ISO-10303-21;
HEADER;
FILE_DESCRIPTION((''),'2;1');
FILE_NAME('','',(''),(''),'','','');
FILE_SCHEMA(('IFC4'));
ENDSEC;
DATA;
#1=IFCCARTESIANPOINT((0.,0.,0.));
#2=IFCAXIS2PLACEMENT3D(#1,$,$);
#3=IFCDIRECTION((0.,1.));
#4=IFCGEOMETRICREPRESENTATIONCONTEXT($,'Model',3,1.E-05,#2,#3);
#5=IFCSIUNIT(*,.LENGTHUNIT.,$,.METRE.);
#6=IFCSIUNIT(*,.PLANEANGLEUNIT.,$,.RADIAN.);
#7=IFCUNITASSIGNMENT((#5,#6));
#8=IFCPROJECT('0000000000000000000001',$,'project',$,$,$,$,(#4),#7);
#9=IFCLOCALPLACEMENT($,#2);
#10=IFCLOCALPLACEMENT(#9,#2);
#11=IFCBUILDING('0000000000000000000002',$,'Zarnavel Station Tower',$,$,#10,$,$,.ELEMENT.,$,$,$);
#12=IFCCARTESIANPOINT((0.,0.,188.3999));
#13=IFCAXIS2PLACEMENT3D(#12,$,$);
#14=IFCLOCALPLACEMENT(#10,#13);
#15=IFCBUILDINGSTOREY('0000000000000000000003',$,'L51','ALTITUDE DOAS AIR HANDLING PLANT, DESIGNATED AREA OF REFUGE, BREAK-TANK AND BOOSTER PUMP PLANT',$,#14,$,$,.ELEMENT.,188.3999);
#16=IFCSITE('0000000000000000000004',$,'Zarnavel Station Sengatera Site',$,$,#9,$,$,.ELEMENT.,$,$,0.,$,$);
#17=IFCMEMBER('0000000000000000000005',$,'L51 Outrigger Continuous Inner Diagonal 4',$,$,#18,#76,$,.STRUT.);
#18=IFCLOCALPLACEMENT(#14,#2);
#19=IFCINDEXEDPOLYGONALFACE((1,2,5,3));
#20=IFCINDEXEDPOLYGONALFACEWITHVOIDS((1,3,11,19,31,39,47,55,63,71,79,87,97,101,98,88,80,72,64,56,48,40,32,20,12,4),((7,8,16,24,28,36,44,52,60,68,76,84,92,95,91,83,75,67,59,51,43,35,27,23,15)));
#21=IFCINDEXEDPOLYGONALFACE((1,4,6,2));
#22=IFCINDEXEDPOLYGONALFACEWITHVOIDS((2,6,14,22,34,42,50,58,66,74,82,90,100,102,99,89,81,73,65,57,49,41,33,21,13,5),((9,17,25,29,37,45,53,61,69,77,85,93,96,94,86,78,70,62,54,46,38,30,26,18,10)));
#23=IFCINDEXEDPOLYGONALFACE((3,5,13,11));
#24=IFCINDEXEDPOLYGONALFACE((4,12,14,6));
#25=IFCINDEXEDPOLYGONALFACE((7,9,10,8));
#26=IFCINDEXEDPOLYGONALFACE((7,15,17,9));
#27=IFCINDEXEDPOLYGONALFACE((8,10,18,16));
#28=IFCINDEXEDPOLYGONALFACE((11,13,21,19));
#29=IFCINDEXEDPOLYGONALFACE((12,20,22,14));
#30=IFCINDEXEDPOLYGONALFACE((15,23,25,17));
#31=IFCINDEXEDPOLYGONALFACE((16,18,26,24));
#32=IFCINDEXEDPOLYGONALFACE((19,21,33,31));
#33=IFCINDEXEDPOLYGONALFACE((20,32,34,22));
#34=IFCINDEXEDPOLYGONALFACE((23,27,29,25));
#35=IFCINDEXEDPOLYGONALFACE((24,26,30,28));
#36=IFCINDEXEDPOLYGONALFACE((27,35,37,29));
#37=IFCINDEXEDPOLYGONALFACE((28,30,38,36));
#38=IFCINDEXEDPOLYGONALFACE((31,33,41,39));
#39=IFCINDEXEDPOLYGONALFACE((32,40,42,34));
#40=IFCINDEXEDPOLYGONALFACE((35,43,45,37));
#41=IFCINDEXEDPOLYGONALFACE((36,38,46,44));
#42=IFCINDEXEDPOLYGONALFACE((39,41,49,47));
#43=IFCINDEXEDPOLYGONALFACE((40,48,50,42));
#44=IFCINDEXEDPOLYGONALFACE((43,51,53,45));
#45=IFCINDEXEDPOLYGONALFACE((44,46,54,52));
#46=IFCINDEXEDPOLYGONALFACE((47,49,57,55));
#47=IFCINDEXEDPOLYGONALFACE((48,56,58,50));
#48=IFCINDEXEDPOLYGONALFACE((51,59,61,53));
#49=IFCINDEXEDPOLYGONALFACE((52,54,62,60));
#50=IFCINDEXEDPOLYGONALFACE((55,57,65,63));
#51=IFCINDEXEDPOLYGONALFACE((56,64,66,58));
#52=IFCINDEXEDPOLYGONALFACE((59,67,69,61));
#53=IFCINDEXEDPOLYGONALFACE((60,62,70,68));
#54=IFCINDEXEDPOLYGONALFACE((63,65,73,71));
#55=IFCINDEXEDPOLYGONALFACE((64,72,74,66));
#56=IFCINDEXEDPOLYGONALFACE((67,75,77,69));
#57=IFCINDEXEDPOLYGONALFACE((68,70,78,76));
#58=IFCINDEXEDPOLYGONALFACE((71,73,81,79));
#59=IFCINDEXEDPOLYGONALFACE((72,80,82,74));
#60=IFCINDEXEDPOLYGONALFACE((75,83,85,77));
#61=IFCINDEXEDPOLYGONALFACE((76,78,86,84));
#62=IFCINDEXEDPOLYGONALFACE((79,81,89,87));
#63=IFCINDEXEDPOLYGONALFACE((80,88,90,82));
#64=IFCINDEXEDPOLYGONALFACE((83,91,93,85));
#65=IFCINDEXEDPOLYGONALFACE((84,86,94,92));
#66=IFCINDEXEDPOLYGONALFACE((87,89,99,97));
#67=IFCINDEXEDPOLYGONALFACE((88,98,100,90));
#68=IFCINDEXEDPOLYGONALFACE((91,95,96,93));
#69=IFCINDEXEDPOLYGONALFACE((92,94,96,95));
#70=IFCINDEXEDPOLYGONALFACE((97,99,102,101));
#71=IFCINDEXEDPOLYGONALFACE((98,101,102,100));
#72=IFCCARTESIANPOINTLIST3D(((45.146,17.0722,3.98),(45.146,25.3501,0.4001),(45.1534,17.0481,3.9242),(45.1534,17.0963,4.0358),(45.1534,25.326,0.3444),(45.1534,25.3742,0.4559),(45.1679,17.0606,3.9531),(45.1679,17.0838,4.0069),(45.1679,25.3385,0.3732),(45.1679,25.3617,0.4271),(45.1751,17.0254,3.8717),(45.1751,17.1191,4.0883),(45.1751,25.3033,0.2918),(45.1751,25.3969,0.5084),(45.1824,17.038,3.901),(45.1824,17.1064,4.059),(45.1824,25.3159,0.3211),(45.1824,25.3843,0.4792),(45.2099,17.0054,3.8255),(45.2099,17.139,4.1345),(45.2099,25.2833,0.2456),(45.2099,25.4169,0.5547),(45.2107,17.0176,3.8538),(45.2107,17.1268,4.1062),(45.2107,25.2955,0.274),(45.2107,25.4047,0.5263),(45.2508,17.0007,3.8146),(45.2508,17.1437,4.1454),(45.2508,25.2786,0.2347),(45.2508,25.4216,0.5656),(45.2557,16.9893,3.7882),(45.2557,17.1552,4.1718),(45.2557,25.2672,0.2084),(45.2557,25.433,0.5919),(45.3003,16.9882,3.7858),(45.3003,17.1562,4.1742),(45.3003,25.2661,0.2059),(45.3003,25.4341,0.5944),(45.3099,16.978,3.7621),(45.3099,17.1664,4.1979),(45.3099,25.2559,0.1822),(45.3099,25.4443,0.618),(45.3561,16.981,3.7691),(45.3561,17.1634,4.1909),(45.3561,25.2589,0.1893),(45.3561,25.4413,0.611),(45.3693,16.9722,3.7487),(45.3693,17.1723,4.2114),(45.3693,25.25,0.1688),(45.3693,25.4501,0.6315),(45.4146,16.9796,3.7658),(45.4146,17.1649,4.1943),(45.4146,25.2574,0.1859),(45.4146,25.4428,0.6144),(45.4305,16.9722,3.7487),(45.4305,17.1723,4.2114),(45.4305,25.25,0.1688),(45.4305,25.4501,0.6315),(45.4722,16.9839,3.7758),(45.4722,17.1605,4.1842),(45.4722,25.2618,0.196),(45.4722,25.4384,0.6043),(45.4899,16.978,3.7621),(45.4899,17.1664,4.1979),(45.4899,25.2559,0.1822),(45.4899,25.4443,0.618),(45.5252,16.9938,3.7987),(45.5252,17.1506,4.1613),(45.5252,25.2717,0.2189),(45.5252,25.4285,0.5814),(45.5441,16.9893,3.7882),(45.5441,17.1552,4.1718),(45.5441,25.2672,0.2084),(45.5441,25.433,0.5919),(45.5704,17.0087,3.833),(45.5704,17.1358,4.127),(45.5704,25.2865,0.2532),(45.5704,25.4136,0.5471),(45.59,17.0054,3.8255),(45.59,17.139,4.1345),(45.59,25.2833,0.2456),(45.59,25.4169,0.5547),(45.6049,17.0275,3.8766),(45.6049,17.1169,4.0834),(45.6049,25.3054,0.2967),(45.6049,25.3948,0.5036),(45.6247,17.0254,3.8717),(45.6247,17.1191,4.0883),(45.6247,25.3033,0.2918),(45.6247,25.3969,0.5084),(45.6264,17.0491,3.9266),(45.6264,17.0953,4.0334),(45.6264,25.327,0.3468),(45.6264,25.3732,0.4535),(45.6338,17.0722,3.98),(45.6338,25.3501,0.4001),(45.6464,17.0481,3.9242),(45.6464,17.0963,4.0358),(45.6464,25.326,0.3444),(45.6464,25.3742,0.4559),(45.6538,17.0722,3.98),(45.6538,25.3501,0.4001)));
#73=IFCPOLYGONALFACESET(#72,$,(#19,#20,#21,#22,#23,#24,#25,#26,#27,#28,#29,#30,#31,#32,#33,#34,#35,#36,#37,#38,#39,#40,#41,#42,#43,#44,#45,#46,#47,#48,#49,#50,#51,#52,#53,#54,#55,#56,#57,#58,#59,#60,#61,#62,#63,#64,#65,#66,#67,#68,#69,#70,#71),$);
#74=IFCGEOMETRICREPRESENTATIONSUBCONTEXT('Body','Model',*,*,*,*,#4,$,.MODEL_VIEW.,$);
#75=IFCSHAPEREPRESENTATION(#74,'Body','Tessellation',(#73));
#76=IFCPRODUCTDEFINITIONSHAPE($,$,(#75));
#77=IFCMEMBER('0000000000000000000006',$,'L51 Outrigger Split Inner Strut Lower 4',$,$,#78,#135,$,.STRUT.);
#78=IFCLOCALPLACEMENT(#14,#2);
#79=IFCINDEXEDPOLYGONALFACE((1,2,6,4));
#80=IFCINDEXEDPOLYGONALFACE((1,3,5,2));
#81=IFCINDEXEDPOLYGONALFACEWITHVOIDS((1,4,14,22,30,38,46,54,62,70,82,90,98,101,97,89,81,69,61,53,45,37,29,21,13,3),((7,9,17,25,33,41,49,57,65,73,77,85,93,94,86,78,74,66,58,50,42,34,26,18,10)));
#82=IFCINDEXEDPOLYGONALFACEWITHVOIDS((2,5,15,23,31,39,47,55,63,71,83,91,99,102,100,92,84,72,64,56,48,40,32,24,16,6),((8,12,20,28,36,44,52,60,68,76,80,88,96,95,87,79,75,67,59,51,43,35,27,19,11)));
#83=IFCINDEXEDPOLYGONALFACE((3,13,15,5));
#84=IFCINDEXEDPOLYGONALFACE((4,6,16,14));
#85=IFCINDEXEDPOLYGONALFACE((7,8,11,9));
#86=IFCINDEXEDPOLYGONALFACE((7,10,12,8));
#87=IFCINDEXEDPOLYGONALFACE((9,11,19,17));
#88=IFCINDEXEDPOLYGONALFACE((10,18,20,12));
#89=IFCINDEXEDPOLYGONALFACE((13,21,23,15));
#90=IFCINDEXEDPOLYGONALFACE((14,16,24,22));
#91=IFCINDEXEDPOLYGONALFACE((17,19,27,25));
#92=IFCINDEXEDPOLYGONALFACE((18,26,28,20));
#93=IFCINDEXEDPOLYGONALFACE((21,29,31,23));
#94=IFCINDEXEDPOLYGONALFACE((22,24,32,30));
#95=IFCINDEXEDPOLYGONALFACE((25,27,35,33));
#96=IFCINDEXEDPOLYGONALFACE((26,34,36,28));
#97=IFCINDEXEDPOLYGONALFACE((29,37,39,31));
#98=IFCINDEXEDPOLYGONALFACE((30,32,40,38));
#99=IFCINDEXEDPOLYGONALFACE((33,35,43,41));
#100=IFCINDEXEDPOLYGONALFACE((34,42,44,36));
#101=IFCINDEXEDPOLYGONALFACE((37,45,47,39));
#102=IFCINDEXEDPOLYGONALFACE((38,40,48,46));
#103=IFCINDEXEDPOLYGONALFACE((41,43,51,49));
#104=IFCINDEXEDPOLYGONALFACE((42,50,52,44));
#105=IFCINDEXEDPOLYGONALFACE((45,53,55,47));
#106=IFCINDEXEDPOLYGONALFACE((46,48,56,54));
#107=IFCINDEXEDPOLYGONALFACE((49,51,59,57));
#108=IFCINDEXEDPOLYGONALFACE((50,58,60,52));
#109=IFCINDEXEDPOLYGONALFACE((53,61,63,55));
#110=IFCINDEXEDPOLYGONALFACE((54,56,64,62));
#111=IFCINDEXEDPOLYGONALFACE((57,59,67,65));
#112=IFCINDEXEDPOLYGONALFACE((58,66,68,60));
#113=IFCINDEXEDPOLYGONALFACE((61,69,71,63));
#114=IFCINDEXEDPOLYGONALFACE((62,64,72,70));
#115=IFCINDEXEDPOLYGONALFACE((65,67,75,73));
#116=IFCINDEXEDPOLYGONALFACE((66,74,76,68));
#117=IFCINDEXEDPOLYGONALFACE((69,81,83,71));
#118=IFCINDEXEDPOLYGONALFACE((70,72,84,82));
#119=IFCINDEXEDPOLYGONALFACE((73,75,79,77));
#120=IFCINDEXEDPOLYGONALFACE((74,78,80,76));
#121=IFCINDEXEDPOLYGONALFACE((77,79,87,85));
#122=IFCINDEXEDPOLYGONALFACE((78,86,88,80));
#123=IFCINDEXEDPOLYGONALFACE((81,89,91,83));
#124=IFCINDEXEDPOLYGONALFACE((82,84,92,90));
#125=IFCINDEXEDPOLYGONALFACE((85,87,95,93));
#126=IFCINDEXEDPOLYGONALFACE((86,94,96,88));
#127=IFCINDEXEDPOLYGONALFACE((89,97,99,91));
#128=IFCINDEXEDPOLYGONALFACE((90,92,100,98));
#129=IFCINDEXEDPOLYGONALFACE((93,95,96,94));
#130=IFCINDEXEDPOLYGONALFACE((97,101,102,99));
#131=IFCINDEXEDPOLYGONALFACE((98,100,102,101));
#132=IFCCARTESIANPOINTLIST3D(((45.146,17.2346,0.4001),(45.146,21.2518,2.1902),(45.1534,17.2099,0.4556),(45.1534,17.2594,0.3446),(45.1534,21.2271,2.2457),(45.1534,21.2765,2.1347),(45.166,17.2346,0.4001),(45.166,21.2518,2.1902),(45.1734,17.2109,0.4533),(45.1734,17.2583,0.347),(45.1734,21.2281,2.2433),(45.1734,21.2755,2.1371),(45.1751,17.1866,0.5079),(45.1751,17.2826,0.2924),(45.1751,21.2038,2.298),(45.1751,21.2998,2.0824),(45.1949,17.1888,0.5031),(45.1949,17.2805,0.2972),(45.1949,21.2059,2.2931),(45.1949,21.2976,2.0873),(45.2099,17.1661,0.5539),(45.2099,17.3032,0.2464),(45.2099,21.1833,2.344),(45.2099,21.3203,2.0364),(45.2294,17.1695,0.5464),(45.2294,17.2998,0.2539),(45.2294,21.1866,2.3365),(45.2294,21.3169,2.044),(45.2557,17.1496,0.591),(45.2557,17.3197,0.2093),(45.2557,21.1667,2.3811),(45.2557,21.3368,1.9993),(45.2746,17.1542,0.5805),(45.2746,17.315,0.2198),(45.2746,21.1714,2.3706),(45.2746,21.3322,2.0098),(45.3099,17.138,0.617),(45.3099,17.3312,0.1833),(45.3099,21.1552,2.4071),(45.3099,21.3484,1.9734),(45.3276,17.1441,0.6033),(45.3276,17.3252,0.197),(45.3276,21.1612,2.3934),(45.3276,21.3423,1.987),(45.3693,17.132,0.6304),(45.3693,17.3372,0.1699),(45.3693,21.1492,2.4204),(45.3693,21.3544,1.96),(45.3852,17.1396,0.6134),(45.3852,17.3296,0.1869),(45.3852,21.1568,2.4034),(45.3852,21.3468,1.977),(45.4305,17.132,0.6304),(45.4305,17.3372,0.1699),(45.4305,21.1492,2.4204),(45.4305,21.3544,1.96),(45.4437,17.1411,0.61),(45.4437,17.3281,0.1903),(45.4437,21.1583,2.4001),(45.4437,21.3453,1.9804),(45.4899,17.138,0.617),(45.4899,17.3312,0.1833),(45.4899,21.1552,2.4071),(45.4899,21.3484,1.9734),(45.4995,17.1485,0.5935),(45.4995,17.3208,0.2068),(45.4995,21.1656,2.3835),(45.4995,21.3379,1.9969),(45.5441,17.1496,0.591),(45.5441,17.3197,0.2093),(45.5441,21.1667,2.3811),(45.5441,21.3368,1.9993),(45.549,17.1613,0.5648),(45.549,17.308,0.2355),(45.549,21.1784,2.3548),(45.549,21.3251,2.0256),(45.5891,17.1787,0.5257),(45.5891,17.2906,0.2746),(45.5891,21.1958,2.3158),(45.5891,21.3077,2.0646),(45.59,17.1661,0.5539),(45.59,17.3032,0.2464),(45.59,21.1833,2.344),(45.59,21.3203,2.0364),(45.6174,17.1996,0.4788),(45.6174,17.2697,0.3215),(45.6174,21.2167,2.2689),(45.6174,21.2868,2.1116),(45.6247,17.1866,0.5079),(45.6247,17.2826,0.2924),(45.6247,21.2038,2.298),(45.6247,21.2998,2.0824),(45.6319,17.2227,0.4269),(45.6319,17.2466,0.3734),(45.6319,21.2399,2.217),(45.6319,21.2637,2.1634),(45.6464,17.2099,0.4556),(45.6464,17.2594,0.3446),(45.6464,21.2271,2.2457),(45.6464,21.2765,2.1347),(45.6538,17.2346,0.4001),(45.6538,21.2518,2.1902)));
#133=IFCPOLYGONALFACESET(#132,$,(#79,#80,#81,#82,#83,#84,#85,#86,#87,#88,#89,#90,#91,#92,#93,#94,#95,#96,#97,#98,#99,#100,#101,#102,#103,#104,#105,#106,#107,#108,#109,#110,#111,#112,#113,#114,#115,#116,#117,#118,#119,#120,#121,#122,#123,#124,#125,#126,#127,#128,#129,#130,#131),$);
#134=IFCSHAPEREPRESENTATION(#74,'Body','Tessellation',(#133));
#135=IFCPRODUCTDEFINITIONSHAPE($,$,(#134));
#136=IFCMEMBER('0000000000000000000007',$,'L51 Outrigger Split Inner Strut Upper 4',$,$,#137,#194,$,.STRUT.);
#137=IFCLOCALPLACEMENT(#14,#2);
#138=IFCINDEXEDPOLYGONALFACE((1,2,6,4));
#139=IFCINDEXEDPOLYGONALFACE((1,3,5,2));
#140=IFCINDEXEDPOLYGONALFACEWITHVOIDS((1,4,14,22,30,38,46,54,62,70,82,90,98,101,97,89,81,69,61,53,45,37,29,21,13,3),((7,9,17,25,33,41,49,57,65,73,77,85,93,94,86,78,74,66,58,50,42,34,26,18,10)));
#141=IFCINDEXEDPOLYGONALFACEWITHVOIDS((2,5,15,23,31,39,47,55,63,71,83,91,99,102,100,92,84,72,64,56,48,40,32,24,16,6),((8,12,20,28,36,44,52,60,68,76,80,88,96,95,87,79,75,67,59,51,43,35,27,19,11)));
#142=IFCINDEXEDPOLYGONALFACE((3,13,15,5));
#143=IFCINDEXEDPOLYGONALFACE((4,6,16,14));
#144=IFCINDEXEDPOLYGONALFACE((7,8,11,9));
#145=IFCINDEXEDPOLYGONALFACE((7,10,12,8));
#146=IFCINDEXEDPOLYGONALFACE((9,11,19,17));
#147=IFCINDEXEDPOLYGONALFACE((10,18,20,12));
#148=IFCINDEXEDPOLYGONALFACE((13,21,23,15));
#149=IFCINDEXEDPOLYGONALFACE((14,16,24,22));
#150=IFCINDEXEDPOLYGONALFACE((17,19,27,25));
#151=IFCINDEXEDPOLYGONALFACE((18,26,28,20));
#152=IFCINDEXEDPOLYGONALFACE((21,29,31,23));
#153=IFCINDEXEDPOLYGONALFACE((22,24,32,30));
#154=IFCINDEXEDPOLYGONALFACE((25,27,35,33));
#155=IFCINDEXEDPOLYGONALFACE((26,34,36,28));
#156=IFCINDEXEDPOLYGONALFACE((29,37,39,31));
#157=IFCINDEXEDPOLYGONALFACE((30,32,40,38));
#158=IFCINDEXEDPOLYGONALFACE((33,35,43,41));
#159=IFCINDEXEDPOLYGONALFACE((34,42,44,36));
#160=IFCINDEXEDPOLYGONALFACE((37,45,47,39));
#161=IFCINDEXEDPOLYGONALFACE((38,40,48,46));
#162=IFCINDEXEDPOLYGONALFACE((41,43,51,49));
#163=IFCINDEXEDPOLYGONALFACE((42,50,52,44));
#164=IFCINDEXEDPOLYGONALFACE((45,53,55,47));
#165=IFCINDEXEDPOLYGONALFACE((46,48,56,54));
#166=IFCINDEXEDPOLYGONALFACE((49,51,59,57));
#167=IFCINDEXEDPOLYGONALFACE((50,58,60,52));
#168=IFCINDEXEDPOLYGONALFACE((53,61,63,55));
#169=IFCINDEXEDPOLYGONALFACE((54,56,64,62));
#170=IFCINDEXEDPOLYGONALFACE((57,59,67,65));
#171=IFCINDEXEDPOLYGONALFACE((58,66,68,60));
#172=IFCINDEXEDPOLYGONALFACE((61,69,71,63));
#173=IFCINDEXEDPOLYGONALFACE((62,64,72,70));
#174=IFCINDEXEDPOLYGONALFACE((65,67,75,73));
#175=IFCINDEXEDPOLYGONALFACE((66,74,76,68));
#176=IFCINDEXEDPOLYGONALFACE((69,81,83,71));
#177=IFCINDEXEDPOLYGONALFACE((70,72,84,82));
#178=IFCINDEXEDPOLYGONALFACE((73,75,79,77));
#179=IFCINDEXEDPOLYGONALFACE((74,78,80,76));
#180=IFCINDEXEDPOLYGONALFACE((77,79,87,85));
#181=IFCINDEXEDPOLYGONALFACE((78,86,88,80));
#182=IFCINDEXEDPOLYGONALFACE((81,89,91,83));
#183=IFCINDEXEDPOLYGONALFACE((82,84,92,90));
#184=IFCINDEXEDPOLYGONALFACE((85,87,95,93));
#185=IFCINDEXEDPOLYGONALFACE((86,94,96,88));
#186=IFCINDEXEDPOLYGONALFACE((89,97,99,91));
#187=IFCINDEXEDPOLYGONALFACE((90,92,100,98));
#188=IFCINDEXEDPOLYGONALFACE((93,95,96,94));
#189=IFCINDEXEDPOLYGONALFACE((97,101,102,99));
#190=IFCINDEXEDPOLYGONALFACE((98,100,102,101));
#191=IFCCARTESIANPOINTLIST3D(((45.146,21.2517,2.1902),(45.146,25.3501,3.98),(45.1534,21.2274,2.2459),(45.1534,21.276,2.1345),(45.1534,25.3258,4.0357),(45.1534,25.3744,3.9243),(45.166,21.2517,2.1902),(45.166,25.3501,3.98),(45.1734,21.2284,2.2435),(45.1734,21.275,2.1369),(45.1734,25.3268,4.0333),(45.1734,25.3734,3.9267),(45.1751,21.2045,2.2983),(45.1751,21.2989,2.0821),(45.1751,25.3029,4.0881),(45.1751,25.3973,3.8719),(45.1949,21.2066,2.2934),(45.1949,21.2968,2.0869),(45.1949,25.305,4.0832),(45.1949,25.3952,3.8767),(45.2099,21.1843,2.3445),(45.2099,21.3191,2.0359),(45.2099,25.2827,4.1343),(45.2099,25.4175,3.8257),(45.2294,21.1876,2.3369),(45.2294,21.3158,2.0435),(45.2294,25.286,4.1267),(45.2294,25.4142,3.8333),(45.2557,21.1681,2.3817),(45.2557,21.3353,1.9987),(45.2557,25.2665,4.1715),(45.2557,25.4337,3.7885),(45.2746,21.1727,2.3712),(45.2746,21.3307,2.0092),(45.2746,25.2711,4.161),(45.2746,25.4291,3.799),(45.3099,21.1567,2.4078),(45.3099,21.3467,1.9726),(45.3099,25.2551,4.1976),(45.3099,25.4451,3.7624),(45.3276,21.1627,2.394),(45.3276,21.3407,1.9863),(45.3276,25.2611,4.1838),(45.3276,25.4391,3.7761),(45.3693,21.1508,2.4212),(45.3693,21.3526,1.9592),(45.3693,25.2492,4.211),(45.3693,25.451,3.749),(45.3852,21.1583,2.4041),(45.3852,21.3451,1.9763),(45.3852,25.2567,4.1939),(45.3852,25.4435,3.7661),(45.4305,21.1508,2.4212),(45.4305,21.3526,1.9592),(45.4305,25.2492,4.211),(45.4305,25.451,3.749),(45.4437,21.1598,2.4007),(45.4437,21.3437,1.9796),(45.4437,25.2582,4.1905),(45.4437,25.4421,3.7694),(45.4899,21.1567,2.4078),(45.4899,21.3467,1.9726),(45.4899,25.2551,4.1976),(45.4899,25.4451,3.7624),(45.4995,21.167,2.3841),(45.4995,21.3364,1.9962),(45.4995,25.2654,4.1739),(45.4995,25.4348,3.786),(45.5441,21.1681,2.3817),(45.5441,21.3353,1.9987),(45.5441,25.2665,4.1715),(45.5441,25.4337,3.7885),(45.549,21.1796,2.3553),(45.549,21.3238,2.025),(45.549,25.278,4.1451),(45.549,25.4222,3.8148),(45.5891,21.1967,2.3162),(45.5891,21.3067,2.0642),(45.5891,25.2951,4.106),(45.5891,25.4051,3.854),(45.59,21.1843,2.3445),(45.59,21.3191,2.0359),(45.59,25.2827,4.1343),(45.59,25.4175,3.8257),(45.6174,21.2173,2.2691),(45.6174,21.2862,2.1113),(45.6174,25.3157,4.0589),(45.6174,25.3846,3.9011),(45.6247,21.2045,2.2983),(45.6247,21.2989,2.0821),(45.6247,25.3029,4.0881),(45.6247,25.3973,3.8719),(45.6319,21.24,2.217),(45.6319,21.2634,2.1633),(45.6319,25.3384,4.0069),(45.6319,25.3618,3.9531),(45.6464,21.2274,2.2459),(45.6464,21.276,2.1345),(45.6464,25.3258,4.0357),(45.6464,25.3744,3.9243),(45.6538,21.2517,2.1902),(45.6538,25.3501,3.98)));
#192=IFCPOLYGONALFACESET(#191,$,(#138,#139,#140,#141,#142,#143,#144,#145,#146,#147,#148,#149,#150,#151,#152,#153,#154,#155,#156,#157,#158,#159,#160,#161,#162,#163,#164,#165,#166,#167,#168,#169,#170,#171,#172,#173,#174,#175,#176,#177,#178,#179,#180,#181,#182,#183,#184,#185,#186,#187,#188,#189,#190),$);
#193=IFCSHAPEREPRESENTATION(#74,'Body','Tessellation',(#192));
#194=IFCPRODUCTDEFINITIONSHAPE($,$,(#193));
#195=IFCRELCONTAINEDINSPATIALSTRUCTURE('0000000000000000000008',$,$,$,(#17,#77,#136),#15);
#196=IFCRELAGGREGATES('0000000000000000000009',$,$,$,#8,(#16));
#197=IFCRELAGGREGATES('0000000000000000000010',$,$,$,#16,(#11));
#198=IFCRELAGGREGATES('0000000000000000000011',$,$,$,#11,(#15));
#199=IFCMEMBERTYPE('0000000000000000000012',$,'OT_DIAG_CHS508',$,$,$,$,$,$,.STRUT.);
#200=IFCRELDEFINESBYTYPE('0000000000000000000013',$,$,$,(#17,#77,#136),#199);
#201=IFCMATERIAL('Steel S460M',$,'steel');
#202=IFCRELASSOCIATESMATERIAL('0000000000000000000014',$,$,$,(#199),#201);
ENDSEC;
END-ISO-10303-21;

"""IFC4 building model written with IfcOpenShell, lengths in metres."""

from ifc_helpers import new_model, si_unit, direction, frame, origin, origin_2d, place, context, subcontext, project, spatial, hollow_circle, extrude, material, material_profile, profile_set, type_object, element, save


model = new_model("IFC4")

# Units and contexts
model_context = context("Model", 3, precision=1e-05, world=origin(), true_north=direction((0.0, 1.0)))
body_context = subcontext(model_context, "Body", "Model", "MODEL_VIEW")
ifc_project = project(units=[si_unit("LENGTHUNIT", "METRE"), si_unit("PLANEANGLEUNIT", "RADIAN")], contexts=[model_context])

# Site, building, storey
site_placement = place(None, origin())
site = spatial("IfcSite", under=ifc_project, at=site_placement, Name="Zarnavel Station Sengatera Site", CompositionType="ELEMENT", RefElevation=0.0)
building_placement = place(site_placement, origin())
building = spatial("IfcBuilding", under=site, at=building_placement, Name="Zarnavel Station Tower", CompositionType="ELEMENT")
storey_placement = place(building_placement, frame((0.0, 0.0, 188.3999)))
storey = spatial("IfcBuildingStorey", under=building, at=storey_placement, Name="L51", Description="ALTITUDE DOAS AIR HANDLING PLANT, DESIGNATED AREA OF REFUGE, BREAK-TANK AND BOOSTER PUMP PLANT", CompositionType="ELEMENT", Elevation=188.3999)

# Members
ifc_material_1 = material(Name="Steel S460M", Category="steel")
ifc_material_profile_1 = material_profile(ifc_material_1, hollow_circle(Radius=0.2539, WallThickness=0.02, at=origin_2d()), Name="CHS508x20")
ifc_profile_set_1 = profile_set([ifc_material_profile_1], Name="Steel S460M")
member_type_1 = type_object("IfcMemberType", Name="OT_DIAG_CHS508", PredefinedType="STRUT", material=ifc_profile_set_1)
member_1_placement = place(storey_placement, frame((45.3999, 25.3501, 0.4001), z_axis=(0.0, -0.917848, 0.396933), x_axis=(1.0, 0.0, 0.0)))
element("IfcMember", 1, at=member_1_placement, inside=storey, type_object=member_type_1, Name="L51 Outrigger Continuous Inner Diagonal 4", PredefinedType="STRUT", context=body_context, shape_type="SweptSolid", body=[
    extrude(hollow_circle(Radius=0.2539, WallThickness=0.02, at=origin_2d()), origin(), (0.0, 0.0, 1.0), 9.0188),
])
member_2_placement = place(storey_placement, frame((45.3999, 17.2346, 0.4001), z_axis=(0.0, 0.913417, 0.407024), x_axis=(-1.0, 0.0, 0.0)))
element("IfcMember", 2, at=member_2_placement, inside=storey, type_object=member_type_1, Name="L51 Outrigger Split Inner Strut Lower 4", PredefinedType="STRUT", context=body_context, shape_type="SweptSolid", body=[
    extrude(hollow_circle(Radius=0.2539, WallThickness=0.02, at=origin_2d()), origin(), (0.0, 0.0, 1.0), 4.3979),
])
member_3_placement = place(storey_placement, frame((45.3999, 21.2517, 2.1902), z_axis=(0.0, 0.916424, 0.400209), x_axis=(-1.0, 0.0, 0.0)))
element("IfcMember", 3, at=member_3_placement, inside=storey, type_object=member_type_1, Name="L51 Outrigger Split Inner Strut Upper 4", PredefinedType="STRUT", context=body_context, shape_type="SweptSolid", body=[
    extrude(hollow_circle(Radius=0.2539, WallThickness=0.02, at=origin_2d()), origin(), (0.0, 0.0, 1.0), 4.4722),
])

save(model, "model.ifc")
